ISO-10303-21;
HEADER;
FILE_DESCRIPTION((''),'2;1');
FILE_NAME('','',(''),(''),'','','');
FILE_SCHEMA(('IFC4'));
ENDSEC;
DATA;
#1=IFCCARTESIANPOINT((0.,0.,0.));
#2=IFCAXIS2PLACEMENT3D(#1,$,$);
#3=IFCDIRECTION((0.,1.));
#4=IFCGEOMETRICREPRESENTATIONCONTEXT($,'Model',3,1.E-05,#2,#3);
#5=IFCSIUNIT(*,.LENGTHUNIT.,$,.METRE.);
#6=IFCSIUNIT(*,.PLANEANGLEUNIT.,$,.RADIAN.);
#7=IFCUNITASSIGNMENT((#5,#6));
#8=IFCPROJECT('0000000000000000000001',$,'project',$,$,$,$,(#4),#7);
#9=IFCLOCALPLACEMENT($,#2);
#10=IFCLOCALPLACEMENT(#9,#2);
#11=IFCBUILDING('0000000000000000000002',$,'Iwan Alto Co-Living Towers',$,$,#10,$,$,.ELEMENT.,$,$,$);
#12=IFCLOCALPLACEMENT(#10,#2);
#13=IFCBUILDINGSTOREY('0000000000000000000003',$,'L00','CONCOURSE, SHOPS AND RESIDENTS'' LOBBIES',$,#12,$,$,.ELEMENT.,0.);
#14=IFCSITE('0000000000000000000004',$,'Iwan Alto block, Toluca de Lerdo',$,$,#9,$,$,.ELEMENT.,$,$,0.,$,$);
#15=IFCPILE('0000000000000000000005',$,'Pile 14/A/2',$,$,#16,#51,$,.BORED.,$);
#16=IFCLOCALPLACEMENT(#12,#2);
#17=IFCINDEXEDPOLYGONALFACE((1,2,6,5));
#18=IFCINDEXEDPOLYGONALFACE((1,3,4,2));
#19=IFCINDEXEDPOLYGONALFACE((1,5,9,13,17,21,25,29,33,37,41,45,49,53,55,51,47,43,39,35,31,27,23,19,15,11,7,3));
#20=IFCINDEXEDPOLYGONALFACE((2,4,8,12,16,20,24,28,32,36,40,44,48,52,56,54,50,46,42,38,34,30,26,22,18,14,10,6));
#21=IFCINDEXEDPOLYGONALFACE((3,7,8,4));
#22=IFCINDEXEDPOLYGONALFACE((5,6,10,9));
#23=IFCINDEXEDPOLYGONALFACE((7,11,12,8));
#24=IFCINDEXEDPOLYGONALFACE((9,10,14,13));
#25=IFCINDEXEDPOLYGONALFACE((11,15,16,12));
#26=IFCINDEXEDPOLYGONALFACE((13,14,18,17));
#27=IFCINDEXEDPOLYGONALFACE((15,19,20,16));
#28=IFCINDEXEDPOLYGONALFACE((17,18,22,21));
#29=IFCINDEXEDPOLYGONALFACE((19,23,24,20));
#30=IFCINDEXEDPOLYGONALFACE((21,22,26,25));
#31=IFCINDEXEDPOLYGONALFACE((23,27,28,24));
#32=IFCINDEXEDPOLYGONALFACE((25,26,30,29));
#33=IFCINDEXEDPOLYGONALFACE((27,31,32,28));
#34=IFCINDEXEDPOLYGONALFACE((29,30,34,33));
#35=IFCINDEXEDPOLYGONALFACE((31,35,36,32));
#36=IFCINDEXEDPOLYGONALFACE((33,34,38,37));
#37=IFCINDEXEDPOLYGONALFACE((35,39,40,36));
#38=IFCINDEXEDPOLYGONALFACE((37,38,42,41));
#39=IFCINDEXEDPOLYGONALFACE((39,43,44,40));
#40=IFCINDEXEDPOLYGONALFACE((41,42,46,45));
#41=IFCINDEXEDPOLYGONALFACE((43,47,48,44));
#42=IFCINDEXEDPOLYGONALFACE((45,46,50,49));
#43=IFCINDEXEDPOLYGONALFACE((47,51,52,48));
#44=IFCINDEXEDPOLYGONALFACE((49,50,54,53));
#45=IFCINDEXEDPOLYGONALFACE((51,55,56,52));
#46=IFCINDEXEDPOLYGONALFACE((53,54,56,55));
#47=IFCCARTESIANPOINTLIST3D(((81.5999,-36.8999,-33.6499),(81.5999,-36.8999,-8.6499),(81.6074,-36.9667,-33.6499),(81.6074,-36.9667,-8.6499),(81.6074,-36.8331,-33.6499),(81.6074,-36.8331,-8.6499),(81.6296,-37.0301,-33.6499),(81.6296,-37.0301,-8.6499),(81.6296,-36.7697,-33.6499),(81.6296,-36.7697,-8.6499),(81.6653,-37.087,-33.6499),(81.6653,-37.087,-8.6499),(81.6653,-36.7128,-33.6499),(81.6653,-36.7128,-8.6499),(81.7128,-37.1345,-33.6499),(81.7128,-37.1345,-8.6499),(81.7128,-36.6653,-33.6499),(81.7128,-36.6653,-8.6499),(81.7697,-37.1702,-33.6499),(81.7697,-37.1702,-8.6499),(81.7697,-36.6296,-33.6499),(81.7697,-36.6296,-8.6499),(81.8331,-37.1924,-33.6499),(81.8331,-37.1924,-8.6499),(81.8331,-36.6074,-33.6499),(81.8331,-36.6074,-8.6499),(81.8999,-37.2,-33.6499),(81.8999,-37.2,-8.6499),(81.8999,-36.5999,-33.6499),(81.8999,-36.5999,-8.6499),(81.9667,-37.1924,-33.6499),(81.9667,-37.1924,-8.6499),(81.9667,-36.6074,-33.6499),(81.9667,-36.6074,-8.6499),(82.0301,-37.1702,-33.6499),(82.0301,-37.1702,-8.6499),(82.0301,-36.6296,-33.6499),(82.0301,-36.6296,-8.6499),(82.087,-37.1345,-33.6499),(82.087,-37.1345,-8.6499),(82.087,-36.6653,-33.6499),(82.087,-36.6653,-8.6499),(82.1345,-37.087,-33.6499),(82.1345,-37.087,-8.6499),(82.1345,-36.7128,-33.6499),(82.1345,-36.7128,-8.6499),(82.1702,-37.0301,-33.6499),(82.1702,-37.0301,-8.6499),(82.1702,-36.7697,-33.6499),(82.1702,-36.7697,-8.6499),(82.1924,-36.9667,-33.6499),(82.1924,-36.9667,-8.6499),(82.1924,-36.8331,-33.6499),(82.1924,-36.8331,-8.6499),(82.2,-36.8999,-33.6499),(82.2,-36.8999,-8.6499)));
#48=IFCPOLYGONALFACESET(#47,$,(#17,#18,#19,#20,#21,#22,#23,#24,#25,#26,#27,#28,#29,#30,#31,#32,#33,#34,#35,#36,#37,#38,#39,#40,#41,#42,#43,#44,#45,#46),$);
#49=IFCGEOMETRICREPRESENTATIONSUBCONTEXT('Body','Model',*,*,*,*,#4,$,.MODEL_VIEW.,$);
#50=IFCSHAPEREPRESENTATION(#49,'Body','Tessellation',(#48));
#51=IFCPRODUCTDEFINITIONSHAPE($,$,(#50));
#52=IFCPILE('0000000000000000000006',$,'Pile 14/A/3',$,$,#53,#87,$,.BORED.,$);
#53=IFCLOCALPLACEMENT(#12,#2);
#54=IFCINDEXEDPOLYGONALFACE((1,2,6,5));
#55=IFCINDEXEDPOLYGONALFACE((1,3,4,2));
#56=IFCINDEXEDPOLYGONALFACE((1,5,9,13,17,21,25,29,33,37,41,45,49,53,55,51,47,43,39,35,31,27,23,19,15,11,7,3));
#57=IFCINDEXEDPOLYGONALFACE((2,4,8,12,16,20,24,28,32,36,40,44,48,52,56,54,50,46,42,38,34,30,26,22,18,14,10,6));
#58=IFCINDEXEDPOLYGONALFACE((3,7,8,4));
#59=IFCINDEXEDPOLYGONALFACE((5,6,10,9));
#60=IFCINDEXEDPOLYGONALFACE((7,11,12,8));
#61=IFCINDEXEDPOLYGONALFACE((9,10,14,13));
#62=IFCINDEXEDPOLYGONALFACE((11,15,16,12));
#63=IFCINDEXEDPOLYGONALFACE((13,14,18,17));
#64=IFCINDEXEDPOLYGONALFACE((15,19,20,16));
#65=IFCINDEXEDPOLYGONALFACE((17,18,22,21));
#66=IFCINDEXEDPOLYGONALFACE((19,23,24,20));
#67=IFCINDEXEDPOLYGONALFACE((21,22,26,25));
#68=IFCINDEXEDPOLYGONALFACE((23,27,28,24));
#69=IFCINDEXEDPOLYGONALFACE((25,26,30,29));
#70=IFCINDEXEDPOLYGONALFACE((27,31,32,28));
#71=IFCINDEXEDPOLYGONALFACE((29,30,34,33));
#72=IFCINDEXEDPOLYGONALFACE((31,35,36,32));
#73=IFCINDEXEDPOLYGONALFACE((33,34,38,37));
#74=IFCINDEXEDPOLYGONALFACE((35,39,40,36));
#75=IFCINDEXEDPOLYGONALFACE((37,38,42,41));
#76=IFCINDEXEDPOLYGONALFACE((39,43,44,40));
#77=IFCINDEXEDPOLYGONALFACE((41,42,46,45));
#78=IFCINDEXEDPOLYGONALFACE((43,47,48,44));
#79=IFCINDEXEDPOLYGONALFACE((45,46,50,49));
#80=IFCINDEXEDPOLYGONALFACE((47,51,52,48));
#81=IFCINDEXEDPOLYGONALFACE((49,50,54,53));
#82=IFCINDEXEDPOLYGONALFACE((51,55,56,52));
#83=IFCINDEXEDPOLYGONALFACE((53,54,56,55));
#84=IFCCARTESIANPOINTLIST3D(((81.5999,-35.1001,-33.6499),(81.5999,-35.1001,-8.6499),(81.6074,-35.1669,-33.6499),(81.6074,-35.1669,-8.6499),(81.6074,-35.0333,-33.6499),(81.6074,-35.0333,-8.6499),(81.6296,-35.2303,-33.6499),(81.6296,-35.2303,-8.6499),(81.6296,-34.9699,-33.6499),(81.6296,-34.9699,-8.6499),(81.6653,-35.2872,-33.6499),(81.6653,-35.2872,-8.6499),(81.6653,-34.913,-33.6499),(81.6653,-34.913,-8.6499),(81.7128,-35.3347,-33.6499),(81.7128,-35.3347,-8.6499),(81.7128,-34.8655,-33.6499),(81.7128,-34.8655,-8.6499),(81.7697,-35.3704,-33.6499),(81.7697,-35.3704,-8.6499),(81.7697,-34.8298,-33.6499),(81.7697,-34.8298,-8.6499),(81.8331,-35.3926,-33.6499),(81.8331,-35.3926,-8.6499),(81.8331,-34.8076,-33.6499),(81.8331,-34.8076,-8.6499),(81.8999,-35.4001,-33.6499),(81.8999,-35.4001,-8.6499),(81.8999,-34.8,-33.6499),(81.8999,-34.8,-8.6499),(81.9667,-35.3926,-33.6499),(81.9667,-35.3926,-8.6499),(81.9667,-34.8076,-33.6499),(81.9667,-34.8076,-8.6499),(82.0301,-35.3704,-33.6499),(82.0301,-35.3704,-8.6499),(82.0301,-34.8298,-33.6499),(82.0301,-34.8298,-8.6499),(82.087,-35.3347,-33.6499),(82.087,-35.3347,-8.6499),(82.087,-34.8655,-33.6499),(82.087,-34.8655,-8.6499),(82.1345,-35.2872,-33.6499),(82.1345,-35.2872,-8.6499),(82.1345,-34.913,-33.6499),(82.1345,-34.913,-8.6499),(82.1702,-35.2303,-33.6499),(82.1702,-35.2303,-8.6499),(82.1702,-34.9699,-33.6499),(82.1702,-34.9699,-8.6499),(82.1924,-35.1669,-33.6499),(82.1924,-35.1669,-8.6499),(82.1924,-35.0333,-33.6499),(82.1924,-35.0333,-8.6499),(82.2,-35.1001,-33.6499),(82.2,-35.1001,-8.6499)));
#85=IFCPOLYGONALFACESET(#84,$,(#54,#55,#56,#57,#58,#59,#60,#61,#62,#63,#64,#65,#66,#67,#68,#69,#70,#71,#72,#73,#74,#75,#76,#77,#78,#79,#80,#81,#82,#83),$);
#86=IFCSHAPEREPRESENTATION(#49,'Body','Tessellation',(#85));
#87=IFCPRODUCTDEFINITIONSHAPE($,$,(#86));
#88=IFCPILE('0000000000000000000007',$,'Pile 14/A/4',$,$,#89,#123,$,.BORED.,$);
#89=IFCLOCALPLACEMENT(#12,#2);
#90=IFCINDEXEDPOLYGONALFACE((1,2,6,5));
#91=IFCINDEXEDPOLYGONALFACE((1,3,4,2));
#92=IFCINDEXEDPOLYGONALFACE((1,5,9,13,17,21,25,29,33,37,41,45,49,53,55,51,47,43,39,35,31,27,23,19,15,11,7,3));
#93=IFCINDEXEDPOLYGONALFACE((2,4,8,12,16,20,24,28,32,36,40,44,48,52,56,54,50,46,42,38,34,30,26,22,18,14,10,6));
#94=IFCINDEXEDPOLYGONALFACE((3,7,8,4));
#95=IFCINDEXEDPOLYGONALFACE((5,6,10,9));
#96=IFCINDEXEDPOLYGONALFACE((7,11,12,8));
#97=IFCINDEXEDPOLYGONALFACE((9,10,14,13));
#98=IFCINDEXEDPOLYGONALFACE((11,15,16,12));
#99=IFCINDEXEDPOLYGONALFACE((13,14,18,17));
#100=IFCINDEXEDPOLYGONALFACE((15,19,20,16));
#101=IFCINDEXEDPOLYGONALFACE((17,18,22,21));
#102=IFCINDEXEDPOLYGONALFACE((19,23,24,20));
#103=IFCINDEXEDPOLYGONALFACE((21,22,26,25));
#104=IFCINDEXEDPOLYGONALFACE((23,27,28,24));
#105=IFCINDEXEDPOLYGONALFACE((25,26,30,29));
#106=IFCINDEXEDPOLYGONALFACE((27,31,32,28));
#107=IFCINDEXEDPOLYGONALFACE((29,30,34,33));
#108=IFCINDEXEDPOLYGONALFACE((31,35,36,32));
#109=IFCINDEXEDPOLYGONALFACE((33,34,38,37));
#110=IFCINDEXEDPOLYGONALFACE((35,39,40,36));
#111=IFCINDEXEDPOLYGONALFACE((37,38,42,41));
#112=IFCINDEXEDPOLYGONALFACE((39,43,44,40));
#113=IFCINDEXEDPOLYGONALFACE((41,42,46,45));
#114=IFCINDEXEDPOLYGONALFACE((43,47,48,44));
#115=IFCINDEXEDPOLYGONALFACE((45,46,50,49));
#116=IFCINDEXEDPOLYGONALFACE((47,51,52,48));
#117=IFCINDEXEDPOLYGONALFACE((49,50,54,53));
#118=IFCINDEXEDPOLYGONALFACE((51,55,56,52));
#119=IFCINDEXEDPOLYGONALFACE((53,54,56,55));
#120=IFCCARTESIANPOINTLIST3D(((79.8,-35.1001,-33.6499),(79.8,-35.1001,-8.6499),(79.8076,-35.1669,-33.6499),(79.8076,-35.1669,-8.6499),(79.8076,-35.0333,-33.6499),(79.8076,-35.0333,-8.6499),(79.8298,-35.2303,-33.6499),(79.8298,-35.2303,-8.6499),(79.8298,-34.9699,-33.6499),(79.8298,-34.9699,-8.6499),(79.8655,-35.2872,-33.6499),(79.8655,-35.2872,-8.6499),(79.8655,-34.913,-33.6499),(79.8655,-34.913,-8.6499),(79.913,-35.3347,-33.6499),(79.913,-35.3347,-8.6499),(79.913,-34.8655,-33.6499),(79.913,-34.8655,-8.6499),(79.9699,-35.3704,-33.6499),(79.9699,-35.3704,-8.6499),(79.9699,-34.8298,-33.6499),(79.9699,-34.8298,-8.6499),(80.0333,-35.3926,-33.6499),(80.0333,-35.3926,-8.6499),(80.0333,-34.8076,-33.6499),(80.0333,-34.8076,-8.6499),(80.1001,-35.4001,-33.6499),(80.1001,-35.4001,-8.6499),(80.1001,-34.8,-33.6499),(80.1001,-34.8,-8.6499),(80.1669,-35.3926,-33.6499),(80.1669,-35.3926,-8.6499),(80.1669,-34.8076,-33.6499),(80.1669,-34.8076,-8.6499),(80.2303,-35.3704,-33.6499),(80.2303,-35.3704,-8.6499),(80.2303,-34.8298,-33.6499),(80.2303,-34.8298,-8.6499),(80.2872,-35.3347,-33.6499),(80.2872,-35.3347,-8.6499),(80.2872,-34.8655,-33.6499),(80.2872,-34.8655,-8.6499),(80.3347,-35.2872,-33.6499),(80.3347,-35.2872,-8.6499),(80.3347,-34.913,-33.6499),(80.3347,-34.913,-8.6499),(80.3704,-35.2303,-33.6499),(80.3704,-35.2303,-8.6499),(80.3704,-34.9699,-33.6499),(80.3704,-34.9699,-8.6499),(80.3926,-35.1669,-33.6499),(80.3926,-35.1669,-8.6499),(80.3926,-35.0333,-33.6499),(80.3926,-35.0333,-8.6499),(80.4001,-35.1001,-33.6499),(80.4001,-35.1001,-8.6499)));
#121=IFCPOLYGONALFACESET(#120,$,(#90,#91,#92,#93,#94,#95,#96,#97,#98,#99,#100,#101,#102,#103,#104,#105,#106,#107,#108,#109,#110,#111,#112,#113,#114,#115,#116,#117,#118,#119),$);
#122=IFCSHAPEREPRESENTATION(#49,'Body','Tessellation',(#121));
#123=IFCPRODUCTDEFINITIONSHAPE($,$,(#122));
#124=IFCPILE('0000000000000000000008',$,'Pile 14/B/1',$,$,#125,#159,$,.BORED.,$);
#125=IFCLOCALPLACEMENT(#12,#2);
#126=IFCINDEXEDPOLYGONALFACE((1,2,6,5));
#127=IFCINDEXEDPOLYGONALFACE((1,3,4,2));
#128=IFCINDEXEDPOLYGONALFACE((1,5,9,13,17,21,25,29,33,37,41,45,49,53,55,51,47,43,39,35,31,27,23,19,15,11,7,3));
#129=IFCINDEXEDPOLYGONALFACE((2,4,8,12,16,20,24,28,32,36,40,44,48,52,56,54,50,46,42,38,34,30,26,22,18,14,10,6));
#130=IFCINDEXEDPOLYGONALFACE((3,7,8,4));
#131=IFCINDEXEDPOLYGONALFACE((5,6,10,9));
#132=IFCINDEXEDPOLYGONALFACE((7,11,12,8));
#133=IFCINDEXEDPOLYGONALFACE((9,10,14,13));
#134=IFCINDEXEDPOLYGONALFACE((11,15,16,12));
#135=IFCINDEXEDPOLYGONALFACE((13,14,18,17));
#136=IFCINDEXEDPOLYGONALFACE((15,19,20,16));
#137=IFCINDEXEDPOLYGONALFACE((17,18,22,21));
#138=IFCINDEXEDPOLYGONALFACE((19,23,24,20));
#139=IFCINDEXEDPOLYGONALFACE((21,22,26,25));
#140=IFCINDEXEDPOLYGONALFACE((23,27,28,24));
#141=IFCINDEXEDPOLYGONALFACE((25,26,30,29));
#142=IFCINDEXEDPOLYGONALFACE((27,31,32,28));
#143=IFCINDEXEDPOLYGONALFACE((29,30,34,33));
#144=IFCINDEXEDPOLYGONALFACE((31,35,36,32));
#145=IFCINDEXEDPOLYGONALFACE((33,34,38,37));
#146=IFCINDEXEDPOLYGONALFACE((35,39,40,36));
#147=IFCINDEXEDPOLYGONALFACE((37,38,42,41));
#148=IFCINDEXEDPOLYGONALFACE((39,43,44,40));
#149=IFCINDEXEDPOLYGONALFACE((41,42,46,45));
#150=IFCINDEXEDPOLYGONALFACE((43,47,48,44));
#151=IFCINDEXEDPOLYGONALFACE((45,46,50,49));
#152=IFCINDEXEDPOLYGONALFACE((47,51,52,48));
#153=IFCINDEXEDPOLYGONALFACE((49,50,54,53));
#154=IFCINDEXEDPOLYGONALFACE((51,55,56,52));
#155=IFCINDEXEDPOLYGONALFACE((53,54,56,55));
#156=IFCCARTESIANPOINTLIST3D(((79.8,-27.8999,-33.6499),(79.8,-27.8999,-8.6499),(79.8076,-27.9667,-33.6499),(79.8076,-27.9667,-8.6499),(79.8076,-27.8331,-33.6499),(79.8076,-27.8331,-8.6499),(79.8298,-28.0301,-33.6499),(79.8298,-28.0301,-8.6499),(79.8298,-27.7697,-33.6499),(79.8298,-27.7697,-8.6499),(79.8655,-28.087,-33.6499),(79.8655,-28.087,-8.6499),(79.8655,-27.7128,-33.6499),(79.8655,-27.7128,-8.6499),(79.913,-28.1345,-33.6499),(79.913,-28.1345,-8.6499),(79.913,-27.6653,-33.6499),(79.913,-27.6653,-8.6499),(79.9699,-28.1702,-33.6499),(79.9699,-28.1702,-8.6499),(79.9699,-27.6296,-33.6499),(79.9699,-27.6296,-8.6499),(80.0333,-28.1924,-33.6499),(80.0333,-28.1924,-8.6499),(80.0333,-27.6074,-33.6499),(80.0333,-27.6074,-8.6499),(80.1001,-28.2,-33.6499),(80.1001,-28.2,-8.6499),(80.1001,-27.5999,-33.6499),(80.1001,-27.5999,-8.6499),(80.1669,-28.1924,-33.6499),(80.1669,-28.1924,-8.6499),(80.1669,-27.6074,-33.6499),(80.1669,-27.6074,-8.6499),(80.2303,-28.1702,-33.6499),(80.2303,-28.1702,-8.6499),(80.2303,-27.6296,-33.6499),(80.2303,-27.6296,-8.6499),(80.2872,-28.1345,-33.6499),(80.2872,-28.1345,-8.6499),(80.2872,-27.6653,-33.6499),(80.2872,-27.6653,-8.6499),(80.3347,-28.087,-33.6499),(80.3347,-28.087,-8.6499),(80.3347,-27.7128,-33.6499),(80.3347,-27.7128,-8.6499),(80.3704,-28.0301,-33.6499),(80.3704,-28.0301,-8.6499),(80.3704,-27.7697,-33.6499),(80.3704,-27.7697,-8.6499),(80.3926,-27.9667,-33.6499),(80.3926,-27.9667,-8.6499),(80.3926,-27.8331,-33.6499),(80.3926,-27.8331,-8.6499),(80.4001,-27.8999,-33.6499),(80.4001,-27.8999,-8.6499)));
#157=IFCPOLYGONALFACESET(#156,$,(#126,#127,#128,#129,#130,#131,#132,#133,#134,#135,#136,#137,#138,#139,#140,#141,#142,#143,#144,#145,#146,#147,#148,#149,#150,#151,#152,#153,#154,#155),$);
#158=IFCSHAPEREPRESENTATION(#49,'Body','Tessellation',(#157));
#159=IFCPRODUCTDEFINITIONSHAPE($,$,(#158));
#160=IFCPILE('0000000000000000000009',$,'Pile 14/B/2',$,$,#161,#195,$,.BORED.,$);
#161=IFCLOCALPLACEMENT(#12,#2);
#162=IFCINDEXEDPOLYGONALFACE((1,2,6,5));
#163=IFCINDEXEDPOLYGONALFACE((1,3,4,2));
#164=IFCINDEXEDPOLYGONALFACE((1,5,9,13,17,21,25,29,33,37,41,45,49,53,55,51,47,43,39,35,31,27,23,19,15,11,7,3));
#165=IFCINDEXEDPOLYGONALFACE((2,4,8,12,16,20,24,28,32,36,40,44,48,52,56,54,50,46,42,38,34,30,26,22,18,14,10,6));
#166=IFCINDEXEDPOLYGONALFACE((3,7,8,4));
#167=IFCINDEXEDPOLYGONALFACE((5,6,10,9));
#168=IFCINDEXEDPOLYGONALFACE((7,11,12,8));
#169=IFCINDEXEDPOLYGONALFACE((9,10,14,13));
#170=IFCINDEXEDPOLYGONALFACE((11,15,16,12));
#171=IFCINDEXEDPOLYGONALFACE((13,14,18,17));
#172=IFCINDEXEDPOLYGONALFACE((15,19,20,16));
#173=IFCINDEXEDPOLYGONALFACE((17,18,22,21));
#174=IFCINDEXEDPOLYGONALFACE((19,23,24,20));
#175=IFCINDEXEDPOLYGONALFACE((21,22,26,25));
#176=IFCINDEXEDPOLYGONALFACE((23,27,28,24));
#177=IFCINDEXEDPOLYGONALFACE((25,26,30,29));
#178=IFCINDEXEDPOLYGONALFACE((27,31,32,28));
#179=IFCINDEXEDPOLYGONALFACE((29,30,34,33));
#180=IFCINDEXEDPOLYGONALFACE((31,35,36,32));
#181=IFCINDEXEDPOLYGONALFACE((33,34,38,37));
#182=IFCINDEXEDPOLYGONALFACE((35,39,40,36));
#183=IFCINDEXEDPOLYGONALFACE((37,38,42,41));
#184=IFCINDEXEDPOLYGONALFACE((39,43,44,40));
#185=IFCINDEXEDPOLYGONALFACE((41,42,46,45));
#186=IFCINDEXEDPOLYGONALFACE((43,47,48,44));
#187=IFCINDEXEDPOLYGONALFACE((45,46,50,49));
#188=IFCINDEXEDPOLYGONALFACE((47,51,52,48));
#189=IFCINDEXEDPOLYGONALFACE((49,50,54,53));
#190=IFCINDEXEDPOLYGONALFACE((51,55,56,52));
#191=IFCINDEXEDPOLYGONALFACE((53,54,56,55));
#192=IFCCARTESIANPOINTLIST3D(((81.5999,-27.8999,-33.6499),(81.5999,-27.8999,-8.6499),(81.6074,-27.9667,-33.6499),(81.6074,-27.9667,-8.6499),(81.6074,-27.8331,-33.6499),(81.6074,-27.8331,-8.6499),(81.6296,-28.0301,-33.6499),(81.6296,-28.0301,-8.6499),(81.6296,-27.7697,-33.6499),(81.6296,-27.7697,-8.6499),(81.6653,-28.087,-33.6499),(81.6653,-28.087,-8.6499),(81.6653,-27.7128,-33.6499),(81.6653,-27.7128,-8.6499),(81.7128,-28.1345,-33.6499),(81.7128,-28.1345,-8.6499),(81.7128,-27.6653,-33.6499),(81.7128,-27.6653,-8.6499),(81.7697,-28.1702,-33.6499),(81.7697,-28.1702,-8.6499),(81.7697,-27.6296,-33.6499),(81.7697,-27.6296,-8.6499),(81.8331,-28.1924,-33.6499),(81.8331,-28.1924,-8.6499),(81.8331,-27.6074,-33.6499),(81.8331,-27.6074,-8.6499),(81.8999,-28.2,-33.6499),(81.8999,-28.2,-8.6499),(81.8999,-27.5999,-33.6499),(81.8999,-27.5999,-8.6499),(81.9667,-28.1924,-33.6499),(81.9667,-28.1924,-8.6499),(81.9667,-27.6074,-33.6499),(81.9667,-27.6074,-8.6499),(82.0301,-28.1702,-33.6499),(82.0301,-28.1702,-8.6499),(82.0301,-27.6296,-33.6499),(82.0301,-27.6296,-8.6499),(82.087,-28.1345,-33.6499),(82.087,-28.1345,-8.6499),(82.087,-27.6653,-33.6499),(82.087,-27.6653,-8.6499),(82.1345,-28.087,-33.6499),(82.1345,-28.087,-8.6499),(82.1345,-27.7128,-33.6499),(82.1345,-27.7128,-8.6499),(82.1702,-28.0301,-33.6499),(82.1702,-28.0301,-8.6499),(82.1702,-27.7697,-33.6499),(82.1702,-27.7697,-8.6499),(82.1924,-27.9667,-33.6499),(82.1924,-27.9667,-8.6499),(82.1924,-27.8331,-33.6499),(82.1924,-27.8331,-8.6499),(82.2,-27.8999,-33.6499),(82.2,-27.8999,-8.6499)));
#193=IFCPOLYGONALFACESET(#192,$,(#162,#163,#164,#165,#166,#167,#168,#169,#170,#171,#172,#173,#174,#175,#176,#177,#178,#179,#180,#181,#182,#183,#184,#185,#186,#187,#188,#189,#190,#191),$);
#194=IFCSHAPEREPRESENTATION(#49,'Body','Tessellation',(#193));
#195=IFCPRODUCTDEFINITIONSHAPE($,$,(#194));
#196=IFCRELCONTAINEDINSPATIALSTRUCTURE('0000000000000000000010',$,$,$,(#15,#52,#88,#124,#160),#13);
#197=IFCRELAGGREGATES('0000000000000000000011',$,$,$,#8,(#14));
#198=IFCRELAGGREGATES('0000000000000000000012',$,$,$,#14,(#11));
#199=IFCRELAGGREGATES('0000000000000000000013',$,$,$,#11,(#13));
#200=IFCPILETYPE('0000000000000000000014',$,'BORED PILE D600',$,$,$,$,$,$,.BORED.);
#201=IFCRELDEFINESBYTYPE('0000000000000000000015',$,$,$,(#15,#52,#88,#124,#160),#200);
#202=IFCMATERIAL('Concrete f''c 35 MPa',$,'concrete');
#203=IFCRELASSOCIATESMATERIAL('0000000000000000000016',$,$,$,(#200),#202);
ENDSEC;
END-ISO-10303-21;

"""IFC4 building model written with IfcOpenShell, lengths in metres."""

from ifc_helpers import new_model, si_unit, direction, frame, origin, origin_2d, place, context, subcontext, project, spatial, circle, extrude, material, material_profile, profile_set, type_object, element, save


model = new_model("IFC4")

# Units and contexts
model_context = context("Model", 3, precision=1e-05, world=origin(), true_north=direction((0.0, 1.0)))
body_context = subcontext(model_context, "Body", "Model", "MODEL_VIEW")
ifc_project = project(units=[si_unit("LENGTHUNIT", "METRE"), si_unit("PLANEANGLEUNIT", "RADIAN")], contexts=[model_context])

# Site, building, storey
site_placement = place(None, origin())
site = spatial("IfcSite", under=ifc_project, at=site_placement, Name="Iwan Alto block, Toluca de Lerdo", CompositionType="ELEMENT", RefElevation=0.0)
building_placement = place(site_placement, origin())
building = spatial("IfcBuilding", under=site, at=building_placement, Name="Iwan Alto Co-Living Towers", CompositionType="ELEMENT")
storey_placement = place(building_placement, origin())
storey = spatial("IfcBuildingStorey", under=building, at=storey_placement, Name="L00", Description="CONCOURSE, SHOPS AND RESIDENTS' LOBBIES", CompositionType="ELEMENT", Elevation=0.0)

# Piles
ifc_material_1 = material(Name="Concrete f'c 35 MPa", Category="concrete")
ifc_material_profile_1 = material_profile(ifc_material_1, circle(Radius=0.3, at=origin_2d()), Name="D600")
ifc_profile_set_1 = profile_set([ifc_material_profile_1], Name="Concrete f'c 35 MPa")
pile_type = type_object("IfcPileType", Name="BORED PILE D600", PredefinedType="BORED", material=ifc_profile_set_1)
for number, where, z_axis, x_axis, name in (
    (1, (81.8999, -36.8999, -8.6499), (0.0, 0.0, -1.0), (1.0, 0.0, 0.0), "Pile 14/A/2"),
    (2, (81.8999, -35.1001, -8.6499), (0.0, 0.0, -1.0), (1.0, 0.0, 0.0), "Pile 14/A/3"),
    (3, (80.1001, -35.1001, -8.6499), (0.0, 0.0, -1.0), (1.0, 0.0, 0.0), "Pile 14/A/4"),
    (4, (80.1001, -27.8999, -8.6499), (0.0, 0.0, -1.0), (1.0, 0.0, 0.0), "Pile 14/B/1"),
    (5, (81.8999, -27.8999, -8.6499), (0.0, 0.0, -1.0), (1.0, 0.0, 0.0), "Pile 14/B/2"),
):
    element("IfcPile", number, at=place(storey_placement, frame(where, z_axis=z_axis, x_axis=x_axis)), inside=storey, type_object=pile_type, Name=name, PredefinedType="BORED", context=body_context, shape_type="SweptSolid", body=[
        extrude(circle(Radius=0.3, at=origin_2d()), origin(), (0.0, 0.0, 1.0), 25.0),
    ])

save(model, "model.ifc")
